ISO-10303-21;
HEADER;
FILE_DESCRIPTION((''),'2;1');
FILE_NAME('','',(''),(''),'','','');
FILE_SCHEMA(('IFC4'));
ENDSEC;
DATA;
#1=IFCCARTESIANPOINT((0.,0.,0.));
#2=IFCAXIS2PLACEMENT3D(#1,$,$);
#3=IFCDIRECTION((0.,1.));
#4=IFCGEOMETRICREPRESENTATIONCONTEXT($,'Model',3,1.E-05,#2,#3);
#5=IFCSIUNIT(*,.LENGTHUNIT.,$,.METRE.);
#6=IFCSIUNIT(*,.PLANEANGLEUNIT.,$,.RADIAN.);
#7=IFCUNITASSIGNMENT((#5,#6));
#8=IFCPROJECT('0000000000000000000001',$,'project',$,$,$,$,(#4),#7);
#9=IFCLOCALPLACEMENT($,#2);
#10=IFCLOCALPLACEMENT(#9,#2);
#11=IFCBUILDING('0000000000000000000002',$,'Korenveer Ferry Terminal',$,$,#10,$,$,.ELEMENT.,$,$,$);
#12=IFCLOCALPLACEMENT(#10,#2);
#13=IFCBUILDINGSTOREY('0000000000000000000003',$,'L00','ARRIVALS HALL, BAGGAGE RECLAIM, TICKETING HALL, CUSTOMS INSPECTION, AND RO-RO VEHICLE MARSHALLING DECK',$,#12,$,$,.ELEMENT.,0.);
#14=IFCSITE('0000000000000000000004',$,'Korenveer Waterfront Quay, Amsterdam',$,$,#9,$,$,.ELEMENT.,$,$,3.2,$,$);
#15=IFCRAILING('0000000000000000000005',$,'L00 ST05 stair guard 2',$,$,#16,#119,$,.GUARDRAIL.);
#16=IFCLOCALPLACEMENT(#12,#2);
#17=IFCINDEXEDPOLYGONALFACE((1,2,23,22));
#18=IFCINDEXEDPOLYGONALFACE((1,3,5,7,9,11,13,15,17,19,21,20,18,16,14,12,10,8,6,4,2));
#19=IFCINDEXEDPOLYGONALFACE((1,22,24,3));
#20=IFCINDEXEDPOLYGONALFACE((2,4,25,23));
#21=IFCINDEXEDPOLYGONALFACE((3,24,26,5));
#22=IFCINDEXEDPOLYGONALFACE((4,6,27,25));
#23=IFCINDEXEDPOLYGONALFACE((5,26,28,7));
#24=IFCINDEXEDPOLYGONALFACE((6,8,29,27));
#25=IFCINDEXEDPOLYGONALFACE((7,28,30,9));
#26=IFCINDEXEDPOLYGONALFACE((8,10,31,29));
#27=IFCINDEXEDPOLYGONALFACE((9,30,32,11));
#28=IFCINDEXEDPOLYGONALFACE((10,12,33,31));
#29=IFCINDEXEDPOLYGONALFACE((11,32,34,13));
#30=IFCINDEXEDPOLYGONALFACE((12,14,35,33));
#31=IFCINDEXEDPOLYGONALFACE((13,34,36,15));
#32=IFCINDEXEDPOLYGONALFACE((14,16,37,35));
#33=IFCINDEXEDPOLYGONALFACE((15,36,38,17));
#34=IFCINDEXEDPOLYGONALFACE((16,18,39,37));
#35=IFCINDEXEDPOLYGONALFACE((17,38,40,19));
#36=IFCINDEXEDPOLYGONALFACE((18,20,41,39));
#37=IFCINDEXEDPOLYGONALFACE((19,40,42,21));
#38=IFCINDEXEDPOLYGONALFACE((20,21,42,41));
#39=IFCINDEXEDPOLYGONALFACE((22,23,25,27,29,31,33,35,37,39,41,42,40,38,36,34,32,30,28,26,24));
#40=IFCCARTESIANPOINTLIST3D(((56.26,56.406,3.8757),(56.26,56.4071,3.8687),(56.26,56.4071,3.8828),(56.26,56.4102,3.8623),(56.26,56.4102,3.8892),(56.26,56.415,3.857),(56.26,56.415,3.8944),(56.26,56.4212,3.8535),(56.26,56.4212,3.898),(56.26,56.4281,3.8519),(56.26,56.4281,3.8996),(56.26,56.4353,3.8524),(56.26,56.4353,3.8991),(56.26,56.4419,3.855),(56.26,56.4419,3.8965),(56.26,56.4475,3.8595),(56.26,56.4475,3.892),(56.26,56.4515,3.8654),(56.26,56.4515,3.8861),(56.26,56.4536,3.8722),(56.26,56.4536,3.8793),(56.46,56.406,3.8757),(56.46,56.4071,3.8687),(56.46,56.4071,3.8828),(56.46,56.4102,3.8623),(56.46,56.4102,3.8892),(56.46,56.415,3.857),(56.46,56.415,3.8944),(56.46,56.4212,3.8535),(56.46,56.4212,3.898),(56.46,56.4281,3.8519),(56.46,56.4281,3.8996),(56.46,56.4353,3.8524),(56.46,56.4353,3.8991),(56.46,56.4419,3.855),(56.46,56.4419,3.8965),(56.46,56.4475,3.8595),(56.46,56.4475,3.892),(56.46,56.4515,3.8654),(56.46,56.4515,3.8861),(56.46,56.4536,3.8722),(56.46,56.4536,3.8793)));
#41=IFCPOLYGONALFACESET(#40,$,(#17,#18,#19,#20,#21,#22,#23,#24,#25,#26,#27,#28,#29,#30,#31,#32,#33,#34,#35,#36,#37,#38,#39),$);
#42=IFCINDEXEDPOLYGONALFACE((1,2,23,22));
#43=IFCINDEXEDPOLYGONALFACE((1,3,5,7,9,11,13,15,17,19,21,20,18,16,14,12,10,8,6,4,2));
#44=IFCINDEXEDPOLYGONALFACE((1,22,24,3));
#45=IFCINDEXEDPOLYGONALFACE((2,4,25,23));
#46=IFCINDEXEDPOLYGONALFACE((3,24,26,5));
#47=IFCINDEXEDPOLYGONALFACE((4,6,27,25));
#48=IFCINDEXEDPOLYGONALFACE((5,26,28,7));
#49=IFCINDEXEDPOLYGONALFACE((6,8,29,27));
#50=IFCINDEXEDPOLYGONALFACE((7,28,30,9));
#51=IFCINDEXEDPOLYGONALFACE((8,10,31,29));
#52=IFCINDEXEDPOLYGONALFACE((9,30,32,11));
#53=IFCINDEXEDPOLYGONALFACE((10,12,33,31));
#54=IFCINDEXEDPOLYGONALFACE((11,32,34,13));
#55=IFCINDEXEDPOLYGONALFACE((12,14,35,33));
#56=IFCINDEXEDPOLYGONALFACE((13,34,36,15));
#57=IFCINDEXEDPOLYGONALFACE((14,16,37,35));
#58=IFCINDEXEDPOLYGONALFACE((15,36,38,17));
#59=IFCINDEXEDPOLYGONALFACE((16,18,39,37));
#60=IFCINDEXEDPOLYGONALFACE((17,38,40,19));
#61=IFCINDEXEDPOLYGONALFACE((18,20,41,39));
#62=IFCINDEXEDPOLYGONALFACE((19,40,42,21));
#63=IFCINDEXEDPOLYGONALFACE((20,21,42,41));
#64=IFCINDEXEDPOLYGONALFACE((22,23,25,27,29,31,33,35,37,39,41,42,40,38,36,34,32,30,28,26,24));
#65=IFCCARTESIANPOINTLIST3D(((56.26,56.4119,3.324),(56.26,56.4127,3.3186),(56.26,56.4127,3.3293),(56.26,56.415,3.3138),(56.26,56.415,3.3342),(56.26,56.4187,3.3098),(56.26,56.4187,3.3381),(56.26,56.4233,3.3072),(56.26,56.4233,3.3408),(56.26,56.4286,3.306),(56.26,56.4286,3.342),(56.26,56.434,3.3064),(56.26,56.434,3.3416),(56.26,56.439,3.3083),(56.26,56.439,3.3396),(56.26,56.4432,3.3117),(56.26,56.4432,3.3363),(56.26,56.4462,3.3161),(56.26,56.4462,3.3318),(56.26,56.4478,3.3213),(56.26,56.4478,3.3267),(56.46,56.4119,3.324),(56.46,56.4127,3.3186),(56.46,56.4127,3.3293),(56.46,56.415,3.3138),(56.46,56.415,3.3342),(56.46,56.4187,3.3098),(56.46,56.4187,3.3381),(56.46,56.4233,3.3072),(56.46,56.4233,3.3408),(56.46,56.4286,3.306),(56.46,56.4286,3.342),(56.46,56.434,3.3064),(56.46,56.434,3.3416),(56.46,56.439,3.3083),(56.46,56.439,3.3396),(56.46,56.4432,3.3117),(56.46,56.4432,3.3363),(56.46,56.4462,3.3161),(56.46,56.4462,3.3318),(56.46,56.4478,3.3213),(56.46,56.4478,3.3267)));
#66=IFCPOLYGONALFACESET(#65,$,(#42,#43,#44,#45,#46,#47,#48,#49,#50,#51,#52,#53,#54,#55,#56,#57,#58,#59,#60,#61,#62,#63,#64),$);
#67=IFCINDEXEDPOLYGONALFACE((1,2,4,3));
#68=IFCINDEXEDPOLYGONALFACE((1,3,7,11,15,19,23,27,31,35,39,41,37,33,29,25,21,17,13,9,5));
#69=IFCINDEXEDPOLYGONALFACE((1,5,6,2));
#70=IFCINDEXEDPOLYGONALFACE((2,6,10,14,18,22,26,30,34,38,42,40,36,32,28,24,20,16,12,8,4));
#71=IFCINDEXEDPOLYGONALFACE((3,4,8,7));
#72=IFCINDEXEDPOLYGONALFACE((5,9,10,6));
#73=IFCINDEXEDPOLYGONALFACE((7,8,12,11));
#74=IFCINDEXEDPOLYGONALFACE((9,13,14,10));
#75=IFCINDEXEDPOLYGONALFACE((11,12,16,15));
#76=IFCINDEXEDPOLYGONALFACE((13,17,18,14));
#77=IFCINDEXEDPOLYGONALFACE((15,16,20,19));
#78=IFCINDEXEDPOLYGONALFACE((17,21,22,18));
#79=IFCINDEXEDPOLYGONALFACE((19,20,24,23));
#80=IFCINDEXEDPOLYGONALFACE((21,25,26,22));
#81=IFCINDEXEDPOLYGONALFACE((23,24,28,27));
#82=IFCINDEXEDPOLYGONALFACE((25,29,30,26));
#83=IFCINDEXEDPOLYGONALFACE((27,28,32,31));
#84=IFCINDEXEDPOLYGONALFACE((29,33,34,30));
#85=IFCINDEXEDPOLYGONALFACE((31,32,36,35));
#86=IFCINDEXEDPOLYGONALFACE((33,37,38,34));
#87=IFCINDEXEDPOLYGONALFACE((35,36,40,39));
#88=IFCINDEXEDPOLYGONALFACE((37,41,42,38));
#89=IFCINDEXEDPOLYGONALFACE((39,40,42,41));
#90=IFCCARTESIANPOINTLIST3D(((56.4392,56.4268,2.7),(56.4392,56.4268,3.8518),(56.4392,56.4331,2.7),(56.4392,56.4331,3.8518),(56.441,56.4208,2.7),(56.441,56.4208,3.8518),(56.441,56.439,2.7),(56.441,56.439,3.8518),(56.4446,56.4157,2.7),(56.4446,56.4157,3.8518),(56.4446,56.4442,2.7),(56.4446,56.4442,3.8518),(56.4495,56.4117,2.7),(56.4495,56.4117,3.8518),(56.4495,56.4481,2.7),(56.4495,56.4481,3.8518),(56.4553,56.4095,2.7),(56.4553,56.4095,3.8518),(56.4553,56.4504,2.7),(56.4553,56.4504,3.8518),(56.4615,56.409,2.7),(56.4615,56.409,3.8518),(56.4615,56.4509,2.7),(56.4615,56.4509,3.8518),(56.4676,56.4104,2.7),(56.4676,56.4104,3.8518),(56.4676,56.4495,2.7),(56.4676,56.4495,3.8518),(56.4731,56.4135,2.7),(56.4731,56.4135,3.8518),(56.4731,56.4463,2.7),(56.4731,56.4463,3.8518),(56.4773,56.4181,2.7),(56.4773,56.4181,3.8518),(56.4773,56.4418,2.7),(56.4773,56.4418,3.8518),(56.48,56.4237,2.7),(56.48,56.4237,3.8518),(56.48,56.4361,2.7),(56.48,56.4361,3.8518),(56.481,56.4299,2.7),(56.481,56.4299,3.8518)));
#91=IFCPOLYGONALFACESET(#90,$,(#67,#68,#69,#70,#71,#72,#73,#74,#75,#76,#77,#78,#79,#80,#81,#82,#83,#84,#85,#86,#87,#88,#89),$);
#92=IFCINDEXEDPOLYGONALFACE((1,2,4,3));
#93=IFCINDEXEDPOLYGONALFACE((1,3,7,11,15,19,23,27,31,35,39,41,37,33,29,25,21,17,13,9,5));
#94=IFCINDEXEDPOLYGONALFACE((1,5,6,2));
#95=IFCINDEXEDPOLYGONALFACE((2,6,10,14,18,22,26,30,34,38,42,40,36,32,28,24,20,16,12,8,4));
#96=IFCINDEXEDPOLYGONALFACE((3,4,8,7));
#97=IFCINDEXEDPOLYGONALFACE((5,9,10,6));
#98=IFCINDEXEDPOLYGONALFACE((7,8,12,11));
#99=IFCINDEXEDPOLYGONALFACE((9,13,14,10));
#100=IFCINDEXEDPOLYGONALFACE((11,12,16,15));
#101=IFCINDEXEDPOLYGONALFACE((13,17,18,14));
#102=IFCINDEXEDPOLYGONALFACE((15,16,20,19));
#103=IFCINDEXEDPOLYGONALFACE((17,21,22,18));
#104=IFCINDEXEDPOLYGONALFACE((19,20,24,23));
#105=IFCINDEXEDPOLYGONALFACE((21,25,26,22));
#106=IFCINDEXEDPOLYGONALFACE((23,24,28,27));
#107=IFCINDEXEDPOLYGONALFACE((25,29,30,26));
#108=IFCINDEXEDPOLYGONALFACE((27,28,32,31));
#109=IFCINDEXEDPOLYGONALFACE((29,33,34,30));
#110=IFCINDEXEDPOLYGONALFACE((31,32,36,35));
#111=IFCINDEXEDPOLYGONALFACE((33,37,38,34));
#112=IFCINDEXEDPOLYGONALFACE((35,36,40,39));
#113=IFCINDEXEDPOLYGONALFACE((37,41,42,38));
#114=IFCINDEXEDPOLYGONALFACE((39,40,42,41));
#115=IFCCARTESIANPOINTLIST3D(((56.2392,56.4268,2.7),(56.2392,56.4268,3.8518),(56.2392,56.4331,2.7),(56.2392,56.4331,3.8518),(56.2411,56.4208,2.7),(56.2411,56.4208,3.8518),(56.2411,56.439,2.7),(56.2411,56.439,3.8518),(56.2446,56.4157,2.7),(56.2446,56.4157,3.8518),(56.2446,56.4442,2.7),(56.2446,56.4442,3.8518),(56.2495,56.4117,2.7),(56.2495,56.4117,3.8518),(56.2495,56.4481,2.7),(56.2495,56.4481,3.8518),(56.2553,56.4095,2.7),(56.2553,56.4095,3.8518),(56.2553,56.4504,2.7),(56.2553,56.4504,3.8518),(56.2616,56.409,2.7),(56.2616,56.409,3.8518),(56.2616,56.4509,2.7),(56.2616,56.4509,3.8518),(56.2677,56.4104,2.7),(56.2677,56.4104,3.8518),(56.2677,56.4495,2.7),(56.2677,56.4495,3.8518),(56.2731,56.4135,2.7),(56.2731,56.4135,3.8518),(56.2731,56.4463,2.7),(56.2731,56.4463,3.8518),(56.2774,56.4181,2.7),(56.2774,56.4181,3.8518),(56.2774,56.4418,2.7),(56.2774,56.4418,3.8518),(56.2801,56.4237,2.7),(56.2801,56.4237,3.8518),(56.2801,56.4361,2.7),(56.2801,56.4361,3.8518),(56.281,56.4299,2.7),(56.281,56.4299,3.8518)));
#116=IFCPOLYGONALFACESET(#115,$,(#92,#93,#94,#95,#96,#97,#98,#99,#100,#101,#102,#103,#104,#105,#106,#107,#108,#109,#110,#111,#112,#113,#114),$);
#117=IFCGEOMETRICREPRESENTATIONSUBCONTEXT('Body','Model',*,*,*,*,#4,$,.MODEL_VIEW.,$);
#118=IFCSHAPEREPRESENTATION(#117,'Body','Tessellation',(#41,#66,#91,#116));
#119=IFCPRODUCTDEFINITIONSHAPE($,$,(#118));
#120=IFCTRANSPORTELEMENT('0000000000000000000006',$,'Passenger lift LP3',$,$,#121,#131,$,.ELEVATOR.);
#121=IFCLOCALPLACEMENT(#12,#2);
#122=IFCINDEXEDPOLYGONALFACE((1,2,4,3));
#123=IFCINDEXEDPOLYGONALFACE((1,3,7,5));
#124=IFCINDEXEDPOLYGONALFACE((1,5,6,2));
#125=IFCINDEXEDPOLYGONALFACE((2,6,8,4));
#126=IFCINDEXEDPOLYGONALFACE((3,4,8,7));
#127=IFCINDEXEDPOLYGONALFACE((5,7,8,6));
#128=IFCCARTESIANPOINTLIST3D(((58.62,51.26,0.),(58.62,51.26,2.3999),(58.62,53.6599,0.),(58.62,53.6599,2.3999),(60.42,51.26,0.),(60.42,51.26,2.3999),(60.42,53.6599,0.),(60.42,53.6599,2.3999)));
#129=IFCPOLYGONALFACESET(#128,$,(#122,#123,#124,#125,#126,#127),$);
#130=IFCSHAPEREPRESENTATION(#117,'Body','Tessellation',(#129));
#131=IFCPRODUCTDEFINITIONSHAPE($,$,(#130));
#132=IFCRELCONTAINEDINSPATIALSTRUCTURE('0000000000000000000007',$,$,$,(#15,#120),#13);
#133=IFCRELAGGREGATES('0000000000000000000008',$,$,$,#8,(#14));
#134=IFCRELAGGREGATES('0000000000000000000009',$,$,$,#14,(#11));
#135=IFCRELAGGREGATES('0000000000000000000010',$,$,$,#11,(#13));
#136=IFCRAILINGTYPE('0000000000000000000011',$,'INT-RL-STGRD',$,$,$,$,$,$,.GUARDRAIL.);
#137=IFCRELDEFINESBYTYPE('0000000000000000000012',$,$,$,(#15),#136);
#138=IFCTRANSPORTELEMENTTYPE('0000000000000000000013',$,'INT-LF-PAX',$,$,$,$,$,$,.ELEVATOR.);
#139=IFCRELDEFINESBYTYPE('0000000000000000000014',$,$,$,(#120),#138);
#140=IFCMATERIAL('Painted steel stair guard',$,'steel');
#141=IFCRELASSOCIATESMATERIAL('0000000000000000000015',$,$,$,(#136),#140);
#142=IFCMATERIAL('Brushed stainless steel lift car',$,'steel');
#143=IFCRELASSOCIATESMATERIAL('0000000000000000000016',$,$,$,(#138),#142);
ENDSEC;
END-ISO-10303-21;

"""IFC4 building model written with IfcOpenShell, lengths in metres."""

from ifc_helpers import new_model, si_unit, direction, frame, origin, origin_2d, place, context, subcontext, project, spatial, rectangle, circle, extrude, material, type_object, element, save


model = new_model("IFC4")

# Units and contexts
model_context = context("Model", 3, precision=1e-05, world=origin(), true_north=direction((0.0, 1.0)))
body_context = subcontext(model_context, "Body", "Model", "MODEL_VIEW")
ifc_project = project(units=[si_unit("LENGTHUNIT", "METRE"), si_unit("PLANEANGLEUNIT", "RADIAN")], contexts=[model_context])

# Site, building, storey
site_placement = place(None, origin())
site = spatial("IfcSite", under=ifc_project, at=site_placement, Name="Korenveer Waterfront Quay, Amsterdam", CompositionType="ELEMENT", RefElevation=3.2)
building_placement = place(site_placement, origin())
building = spatial("IfcBuilding", under=site, at=building_placement, Name="Korenveer Ferry Terminal", CompositionType="ELEMENT")
storey_placement = place(building_placement, origin())
storey = spatial("IfcBuildingStorey", under=building, at=storey_placement, Name="L00", Description="ARRIVALS HALL, BAGGAGE RECLAIM, TICKETING HALL, CUSTOMS INSPECTION, AND RO-RO VEHICLE MARSHALLING DECK", CompositionType="ELEMENT", Elevation=0.0)

# Railing
ifc_material_1 = material(Name="Painted steel stair guard", Category="steel")
railing_type_1 = type_object("IfcRailingType", Name="INT-RL-STGRD", PredefinedType="GUARDRAIL", material=ifc_material_1)
railing_1_placement = place(storey_placement, frame((56.46, 56.4299, 2.7)))
element("IfcRailing", 1, at=railing_1_placement, inside=storey, type_object=railing_type_1, Name="L00 ST05 stair guard 2", PredefinedType="GUARDRAIL", context=body_context, shape_type="SweptSolid", body=[
    extrude(circle(Radius=0.0239, at=origin_2d()), frame((0.0, 0.0, 1.1758), z_axis=(-1.0, 0.0, 0.0), x_axis=(0.0, -1.0, 0.0)), (0.0, 0.0, 1.0), 0.2),
    extrude(circle(Radius=0.0181, at=origin_2d()), frame((0.0, 0.0, 0.624), z_axis=(-1.0, 0.0, 0.0), x_axis=(0.0, -1.0, 0.0)), (0.0, 0.0, 1.0), 0.2),
    extrude(circle(Radius=0.021, at=origin_2d()), origin(), (0.0, 0.0, 1.0), 1.1519),
    extrude(circle(Radius=0.021, at=origin_2d()), frame((-0.2, 0.0, 0.0)), (0.0, 0.0, 1.0), 1.1519),
])

# Transport element
ifc_material_2 = material(Name="Brushed stainless steel lift car", Category="steel")
transport_element_type = type_object("IfcTransportElementType", Name="INT-LF-PAX", PredefinedType="ELEVATOR", material=ifc_material_2)
transport_element_placement = place(storey_placement, frame((59.52, 52.46, 0.0), z_axis=(0.0, 0.0, 1.0), x_axis=(1.0, 0.0, 0.0)))
element("IfcTransportElement", 2, at=transport_element_placement, inside=storey, type_object=transport_element_type, Name="Passenger lift LP3", PredefinedType="ELEVATOR", context=body_context, shape_type="SweptSolid", body=[
    extrude(rectangle(XDim=1.8, YDim=2.3999, at=origin_2d()), origin(), (0.0, 0.0, 1.0), 2.3999),
])

save(model, "model.ifc")
